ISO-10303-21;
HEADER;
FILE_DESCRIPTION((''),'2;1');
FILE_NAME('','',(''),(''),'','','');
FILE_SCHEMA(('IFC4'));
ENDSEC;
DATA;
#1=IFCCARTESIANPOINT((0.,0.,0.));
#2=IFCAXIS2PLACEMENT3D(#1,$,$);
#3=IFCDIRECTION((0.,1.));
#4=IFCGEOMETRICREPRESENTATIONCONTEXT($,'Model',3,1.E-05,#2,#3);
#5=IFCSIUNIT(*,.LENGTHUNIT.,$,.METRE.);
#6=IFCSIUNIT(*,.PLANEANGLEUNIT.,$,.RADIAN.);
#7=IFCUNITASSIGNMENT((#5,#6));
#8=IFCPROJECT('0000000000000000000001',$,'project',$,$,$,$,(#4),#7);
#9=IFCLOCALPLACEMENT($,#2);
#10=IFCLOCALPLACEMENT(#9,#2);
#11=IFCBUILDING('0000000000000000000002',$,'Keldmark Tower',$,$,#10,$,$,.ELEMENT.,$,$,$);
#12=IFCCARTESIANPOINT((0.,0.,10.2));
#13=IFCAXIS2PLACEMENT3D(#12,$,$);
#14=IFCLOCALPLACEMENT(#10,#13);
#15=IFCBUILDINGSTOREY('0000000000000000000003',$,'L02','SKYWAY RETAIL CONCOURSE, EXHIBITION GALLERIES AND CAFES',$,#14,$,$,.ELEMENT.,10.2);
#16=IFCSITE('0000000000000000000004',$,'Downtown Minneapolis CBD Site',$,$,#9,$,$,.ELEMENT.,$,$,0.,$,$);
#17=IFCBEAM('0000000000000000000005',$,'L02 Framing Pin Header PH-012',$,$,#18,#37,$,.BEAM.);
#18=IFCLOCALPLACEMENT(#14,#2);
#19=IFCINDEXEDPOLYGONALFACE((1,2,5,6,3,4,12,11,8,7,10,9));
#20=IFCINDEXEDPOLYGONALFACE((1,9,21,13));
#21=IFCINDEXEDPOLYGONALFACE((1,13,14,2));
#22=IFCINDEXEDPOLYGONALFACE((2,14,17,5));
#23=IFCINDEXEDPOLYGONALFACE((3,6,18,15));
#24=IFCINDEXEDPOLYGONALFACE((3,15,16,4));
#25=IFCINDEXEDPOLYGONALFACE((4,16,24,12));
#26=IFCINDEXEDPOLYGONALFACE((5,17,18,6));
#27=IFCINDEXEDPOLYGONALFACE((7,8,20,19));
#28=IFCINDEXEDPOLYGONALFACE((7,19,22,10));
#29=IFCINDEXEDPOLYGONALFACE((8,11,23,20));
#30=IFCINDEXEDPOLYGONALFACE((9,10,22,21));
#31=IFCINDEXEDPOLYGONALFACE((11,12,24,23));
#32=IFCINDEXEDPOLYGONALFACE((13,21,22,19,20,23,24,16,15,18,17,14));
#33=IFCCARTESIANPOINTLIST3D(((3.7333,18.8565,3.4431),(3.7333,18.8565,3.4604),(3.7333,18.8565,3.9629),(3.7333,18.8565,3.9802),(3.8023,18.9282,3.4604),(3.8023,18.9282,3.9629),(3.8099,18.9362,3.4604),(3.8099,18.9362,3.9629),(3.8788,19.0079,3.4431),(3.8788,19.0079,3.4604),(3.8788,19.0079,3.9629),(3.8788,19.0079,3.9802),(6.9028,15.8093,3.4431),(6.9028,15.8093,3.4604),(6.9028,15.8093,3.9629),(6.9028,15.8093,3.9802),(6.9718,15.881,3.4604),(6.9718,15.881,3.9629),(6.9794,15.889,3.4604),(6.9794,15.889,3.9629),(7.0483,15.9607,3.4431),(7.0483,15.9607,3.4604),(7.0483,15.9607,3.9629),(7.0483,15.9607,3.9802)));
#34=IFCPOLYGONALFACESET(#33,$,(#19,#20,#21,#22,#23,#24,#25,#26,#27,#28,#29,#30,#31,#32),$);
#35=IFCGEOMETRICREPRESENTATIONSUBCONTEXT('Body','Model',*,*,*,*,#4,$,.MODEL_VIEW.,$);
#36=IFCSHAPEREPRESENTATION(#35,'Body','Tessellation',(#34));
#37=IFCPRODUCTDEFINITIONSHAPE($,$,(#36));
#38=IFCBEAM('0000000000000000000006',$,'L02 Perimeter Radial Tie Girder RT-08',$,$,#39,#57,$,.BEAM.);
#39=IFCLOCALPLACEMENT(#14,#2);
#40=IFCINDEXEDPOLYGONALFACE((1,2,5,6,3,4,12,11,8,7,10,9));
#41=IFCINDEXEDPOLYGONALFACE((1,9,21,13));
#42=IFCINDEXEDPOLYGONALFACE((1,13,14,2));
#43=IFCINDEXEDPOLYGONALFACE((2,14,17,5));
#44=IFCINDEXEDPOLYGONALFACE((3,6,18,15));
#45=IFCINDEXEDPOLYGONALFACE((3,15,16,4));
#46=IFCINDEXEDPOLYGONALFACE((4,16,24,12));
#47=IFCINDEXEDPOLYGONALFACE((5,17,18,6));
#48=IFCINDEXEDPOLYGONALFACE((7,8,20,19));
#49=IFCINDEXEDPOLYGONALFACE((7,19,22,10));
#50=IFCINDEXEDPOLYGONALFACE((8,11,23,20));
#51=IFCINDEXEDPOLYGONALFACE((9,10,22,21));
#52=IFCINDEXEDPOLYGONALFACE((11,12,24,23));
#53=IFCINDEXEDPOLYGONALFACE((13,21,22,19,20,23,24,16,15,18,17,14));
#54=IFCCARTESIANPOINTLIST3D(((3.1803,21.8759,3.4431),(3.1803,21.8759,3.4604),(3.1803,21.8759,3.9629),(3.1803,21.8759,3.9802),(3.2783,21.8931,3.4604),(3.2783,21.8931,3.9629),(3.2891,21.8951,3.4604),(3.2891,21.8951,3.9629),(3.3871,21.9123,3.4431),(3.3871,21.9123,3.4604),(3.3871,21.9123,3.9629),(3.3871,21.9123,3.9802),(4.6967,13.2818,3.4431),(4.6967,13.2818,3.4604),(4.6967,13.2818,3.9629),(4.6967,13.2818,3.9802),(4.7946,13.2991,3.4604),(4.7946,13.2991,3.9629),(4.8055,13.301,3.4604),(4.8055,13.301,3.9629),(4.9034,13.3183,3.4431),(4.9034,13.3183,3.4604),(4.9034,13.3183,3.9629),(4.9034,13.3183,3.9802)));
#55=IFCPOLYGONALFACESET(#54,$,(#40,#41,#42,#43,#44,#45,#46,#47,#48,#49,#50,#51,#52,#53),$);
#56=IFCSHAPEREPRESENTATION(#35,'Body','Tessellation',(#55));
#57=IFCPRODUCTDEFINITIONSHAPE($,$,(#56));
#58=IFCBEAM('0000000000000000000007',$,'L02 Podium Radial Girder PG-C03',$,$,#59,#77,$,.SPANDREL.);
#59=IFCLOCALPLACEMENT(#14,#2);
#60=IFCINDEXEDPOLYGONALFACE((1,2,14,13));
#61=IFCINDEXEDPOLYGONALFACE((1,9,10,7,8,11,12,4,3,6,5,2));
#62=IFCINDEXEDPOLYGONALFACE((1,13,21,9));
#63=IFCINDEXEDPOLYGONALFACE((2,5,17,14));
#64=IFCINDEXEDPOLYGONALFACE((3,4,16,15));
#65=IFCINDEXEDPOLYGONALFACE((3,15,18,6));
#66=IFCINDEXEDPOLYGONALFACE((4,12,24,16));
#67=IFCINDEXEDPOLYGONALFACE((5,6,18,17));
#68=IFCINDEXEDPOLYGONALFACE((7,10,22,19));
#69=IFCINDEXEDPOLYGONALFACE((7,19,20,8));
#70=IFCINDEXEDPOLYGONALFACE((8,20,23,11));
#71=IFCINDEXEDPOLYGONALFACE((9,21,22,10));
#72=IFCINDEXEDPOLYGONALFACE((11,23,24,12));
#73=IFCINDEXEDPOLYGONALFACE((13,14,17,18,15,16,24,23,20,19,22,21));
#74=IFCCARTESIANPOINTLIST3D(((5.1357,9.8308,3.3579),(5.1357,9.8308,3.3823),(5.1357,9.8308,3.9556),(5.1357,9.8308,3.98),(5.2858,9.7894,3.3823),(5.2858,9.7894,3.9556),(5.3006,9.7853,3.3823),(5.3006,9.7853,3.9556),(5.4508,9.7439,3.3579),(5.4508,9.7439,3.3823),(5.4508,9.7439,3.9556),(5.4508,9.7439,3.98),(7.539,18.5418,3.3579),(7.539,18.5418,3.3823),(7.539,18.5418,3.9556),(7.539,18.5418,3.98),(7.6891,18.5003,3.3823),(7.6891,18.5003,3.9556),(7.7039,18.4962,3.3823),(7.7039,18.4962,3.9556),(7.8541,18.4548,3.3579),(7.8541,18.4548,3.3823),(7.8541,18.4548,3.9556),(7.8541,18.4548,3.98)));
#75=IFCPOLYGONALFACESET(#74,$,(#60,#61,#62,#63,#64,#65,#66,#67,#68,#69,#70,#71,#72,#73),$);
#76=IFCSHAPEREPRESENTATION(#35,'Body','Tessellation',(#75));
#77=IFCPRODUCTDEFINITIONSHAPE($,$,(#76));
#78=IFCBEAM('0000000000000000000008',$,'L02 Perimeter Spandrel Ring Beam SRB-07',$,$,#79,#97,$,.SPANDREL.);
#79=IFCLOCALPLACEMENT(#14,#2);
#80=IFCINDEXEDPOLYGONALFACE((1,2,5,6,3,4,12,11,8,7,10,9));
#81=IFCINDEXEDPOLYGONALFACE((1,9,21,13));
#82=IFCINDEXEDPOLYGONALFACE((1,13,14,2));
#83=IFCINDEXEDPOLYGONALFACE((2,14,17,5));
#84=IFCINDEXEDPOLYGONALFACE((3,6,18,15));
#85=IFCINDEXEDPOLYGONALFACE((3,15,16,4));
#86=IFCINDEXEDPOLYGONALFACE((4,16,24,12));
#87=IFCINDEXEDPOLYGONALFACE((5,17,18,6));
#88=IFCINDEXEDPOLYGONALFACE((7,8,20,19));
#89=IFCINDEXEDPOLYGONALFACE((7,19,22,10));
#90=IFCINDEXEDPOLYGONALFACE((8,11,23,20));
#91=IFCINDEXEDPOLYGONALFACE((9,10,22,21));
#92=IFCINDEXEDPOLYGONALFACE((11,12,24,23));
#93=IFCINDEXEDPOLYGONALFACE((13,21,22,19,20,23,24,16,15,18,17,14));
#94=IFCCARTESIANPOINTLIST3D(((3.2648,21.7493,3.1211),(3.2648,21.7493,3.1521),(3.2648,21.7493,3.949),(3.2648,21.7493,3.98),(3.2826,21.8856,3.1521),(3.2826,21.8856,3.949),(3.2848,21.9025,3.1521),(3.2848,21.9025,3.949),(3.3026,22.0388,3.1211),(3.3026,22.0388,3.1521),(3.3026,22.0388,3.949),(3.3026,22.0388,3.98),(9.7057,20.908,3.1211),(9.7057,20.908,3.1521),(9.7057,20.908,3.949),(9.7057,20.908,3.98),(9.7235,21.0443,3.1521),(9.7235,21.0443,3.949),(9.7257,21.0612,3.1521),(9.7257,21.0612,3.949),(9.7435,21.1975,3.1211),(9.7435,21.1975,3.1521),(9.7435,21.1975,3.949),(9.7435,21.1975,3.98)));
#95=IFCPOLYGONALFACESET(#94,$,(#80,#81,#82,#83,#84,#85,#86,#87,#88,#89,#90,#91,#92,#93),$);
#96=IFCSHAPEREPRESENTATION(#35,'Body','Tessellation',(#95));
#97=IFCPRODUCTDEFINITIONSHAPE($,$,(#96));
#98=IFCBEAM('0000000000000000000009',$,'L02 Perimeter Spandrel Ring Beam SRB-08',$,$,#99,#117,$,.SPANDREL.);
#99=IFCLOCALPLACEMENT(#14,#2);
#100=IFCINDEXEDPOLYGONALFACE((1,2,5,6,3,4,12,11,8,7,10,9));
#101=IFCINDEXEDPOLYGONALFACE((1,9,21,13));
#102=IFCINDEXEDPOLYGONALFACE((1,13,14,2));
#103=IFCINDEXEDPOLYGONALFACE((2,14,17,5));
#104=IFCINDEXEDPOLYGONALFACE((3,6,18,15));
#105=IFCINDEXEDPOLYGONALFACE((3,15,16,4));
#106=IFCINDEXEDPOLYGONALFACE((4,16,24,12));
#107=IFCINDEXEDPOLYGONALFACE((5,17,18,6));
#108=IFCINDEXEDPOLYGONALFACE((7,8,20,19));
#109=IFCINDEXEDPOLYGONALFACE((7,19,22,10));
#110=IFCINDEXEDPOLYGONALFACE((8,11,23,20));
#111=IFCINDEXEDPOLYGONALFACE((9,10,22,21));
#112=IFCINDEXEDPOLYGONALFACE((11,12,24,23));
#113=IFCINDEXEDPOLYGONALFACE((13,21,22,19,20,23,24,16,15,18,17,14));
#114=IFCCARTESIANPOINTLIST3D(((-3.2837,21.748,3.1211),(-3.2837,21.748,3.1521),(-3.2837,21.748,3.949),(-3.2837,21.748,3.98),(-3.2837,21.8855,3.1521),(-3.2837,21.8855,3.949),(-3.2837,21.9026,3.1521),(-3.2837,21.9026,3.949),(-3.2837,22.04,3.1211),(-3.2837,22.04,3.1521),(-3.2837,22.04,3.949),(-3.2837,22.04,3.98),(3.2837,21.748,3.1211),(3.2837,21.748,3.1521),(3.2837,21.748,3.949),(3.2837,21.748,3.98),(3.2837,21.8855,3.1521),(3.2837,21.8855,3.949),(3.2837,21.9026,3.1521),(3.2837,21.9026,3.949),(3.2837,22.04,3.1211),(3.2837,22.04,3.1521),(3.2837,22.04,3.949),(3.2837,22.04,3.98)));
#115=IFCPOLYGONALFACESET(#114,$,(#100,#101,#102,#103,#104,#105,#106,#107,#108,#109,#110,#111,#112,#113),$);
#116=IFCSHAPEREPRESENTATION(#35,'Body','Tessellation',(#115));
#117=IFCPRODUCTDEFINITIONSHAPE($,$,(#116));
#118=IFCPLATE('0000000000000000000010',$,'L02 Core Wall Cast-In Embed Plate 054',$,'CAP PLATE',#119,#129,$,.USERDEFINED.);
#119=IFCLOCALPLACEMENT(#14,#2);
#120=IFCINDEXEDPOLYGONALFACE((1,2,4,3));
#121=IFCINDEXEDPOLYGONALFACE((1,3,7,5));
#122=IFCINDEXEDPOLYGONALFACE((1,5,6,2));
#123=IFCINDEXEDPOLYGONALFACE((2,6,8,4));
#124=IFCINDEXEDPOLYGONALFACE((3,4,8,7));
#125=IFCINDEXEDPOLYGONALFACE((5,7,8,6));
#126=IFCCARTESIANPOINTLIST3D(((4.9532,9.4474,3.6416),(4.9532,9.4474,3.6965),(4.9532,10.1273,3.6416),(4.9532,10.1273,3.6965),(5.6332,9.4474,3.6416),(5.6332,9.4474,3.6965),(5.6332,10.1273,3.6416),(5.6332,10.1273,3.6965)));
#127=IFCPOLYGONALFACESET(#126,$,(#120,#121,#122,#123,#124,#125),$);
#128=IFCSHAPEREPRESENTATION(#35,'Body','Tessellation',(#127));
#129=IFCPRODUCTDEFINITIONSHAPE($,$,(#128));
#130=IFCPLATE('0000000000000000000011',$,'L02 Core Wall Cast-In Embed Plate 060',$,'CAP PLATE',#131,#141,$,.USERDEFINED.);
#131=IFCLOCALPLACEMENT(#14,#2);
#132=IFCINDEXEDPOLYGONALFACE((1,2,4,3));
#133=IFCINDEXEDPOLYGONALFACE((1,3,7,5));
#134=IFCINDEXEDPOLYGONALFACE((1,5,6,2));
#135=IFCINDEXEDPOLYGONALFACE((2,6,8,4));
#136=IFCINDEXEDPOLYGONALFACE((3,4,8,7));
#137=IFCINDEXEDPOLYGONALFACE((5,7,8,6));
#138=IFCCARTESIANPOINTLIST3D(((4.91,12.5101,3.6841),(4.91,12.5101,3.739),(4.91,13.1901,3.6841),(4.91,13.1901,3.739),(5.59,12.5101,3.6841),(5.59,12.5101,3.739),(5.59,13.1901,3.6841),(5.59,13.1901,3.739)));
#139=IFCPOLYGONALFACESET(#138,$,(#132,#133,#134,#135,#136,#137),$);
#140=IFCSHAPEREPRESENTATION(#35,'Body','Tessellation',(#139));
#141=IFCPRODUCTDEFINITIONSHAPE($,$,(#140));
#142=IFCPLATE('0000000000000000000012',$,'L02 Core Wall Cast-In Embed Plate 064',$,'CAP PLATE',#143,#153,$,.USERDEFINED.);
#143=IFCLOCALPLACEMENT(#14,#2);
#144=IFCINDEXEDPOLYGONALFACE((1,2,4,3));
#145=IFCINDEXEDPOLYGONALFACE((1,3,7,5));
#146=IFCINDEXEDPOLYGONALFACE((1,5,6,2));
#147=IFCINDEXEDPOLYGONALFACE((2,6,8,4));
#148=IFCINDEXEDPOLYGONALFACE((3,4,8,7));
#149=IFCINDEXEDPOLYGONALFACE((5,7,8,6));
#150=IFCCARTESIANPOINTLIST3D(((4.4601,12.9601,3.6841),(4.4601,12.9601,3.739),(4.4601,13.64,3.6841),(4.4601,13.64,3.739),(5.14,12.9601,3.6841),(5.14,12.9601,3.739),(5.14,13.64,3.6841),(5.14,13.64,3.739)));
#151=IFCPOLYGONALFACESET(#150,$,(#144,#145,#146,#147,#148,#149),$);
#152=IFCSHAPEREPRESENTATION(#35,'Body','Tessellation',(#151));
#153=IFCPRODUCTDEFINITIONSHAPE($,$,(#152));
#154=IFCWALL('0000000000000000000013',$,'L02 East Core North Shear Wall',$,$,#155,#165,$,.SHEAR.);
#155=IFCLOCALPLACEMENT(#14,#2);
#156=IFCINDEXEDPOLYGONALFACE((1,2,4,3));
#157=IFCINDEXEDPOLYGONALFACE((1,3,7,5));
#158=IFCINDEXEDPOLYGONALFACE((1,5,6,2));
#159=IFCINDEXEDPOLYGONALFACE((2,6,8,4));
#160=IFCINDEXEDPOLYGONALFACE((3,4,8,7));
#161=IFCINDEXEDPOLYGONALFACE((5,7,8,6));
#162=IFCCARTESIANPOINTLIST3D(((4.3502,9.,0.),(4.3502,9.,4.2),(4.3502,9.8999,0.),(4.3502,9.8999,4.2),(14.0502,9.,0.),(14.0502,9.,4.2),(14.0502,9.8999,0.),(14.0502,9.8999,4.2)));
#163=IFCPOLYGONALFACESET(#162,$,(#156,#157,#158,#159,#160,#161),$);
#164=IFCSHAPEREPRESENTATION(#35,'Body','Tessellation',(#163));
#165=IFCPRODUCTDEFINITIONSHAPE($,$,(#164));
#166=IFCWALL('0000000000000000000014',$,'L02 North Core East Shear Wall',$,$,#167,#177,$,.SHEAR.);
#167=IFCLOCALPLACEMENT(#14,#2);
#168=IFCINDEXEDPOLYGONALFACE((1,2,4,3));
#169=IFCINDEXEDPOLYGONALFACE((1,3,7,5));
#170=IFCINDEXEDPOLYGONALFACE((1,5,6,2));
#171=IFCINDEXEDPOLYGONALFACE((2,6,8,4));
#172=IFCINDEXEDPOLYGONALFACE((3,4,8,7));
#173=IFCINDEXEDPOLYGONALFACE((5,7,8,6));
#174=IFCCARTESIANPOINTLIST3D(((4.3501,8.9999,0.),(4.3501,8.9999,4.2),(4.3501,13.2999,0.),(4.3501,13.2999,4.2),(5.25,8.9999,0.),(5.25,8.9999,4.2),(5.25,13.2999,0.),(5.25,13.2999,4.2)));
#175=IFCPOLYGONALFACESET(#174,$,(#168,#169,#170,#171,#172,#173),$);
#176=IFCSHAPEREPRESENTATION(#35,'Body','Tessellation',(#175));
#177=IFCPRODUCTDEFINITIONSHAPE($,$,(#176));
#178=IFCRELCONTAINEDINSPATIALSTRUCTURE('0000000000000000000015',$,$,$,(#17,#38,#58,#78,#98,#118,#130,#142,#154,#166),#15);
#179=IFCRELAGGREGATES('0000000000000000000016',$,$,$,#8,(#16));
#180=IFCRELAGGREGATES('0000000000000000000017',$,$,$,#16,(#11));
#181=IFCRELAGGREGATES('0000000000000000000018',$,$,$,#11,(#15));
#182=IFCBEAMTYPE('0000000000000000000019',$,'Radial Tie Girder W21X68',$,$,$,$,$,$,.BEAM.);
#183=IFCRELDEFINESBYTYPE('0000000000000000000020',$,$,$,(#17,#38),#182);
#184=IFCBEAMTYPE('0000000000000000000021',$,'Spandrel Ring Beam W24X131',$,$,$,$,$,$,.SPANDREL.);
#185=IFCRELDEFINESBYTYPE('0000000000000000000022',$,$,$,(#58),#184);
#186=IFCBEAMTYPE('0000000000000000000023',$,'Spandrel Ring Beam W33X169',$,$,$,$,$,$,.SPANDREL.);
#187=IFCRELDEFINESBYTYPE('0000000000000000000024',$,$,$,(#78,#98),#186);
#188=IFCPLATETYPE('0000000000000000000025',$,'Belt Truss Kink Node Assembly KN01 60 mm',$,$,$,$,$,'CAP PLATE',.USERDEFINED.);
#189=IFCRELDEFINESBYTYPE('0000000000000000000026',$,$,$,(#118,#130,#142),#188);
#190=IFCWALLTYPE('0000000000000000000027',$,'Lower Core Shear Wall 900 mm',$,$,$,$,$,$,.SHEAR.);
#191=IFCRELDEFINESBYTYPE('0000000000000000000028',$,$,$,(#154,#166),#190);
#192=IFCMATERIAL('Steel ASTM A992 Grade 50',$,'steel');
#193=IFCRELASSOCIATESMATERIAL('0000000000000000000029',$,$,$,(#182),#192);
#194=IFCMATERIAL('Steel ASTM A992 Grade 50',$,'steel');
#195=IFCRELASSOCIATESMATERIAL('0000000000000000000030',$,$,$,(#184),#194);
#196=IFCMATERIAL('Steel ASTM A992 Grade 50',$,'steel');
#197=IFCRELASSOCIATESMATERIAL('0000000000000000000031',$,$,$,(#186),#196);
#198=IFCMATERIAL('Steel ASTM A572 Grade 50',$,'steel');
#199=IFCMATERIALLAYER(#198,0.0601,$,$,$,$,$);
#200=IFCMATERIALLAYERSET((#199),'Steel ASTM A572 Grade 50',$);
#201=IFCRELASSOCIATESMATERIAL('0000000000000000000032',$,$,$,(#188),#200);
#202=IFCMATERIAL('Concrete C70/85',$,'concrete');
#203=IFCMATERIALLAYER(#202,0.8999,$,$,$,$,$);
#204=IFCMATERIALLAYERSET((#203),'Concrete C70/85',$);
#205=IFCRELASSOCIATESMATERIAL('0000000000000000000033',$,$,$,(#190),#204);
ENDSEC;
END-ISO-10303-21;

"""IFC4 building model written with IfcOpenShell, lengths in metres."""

from ifc_helpers import new_model, si_unit, direction, frame, frame_2d, origin, origin_2d, place, context, subcontext, project, spatial, rectangle, i_section, extrude, material, layer, layer_set, material_profile, profile_set, type_object, element, save


model = new_model("IFC4")

# Units and contexts
model_context = context("Model", 3, precision=1e-05, world=origin(), true_north=direction((0.0, 1.0)))
body_context = subcontext(model_context, "Body", "Model", "MODEL_VIEW")
ifc_project = project(units=[si_unit("LENGTHUNIT", "METRE"), si_unit("PLANEANGLEUNIT", "RADIAN")], contexts=[model_context])

# Site, building, storey
site_placement = place(None, origin())
site = spatial("IfcSite", under=ifc_project, at=site_placement, Name="Downtown Minneapolis CBD Site", CompositionType="ELEMENT", RefElevation=0.0)
building_placement = place(site_placement, origin())
building = spatial("IfcBuilding", under=site, at=building_placement, Name="Keldmark Tower", CompositionType="ELEMENT")
storey_placement = place(building_placement, frame((0.0, 0.0, 10.2)))
storey = spatial("IfcBuildingStorey", under=building, at=storey_placement, Name="L02", Description="SKYWAY RETAIL CONCOURSE, EXHIBITION GALLERIES AND CAFES", CompositionType="ELEMENT", Elevation=10.2)

# Beams
ifc_material_1 = material(Name="Steel ASTM A992 Grade 50", Category="steel")
ifc_material_profile_1 = material_profile(ifc_material_1, i_section(OverallWidth=0.21, OverallDepth=0.5371, WebThickness=0.011, FlangeThickness=0.0173, at=origin_2d()), Name="W21X68")
ifc_profile_set_1 = profile_set([ifc_material_profile_1], Name="Steel ASTM A992 Grade 50")
beam_type_1 = type_object("IfcBeamType", Name="Radial Tie Girder W21X68", PredefinedType="BEAM", material=ifc_profile_set_1)
beam_1_placement = place(storey_placement, frame((6.9756, 15.885, 3.7117), z_axis=(-0.72088, 0.69306, 0.0), x_axis=(-0.69306, -0.72088, 0.0)))
element("IfcBeam", 1, at=beam_1_placement, inside=storey, type_object=beam_type_1, Name="L02 Framing Pin Header PH-012", PredefinedType="BEAM", context=body_context, shape_type="SweptSolid", body=[
    extrude(i_section(OverallWidth=0.21, OverallDepth=0.5371, WebThickness=0.011, FlangeThickness=0.0173, at=origin_2d()), origin(), (0.0, 0.0, 1.0), 4.3967),
])
beam_2_placement = place(storey_placement, frame((4.8, 13.3, 3.7117), z_axis=(-0.17376, 0.984788, 0.0), x_axis=(-0.984788, -0.17376, 0.0)))
element("IfcBeam", 2, at=beam_2_placement, inside=storey, type_object=beam_type_1, Name="L02 Perimeter Radial Tie Girder RT-08", PredefinedType="BEAM", context=body_context, shape_type="SweptSolid", body=[
    extrude(i_section(OverallWidth=0.21, OverallDepth=0.5371, WebThickness=0.011, FlangeThickness=0.0173, at=origin_2d()), origin(), (0.0, 0.0, 1.0), 8.7268),
])
ifc_material_2 = material(Name="Steel ASTM A992 Grade 50", Category="steel")
ifc_material_profile_2 = material_profile(ifc_material_2, i_section(OverallWidth=0.3269, OverallDepth=0.6221, WebThickness=0.0154, FlangeThickness=0.0244, at=origin_2d()), Name="W24X131")
ifc_profile_set_2 = profile_set([ifc_material_profile_2], Name="Steel ASTM A992 Grade 50")
beam_type_2 = type_object("IfcBeamType", Name="Spandrel Ring Beam W24X131", PredefinedType="SPANDREL", material=ifc_profile_set_2)
beam_3_placement = place(storey_placement, frame((7.6965, 18.4983, 3.6689), z_axis=(-0.26596, -0.963984, 0.0), x_axis=(0.963984, -0.26596, 0.0)))
element("IfcBeam", 3, at=beam_3_placement, inside=storey, type_object=beam_type_2, Name="L02 Podium Radial Girder PG-C03", PredefinedType="SPANDREL", context=body_context, shape_type="SweptSolid", body=[
    extrude(i_section(OverallWidth=0.3269, OverallDepth=0.6221, WebThickness=0.0154, FlangeThickness=0.0244, at=origin_2d()), origin(), (0.0, 0.0, 1.0), 9.0364),
])
ifc_material_3 = material(Name="Steel ASTM A992 Grade 50", Category="steel")
ifc_material_profile_3 = material_profile(ifc_material_3, i_section(OverallWidth=0.292, OverallDepth=0.8589, WebThickness=0.0171, FlangeThickness=0.031, at=origin_2d()), Name="W33X169")
ifc_profile_set_3 = profile_set([ifc_material_profile_3], Name="Steel ASTM A992 Grade 50")
beam_type_3 = type_object("IfcBeamType", Name="Spandrel Ring Beam W33X169", PredefinedType="SPANDREL", material=ifc_profile_set_3)
beam_4_placement = place(storey_placement, frame((9.7246, 21.0527, 3.5505), z_axis=(-0.991577, 0.129519, 0.0), x_axis=(-0.129519, -0.991577, 0.0)))
element("IfcBeam", 4, at=beam_4_placement, inside=storey, type_object=beam_type_3, Name="L02 Perimeter Spandrel Ring Beam SRB-07", PredefinedType="SPANDREL", context=body_context, shape_type="SweptSolid", body=[
    extrude(i_section(OverallWidth=0.292, OverallDepth=0.8589, WebThickness=0.0171, FlangeThickness=0.031, at=origin_2d()), origin(), (0.0, 0.0, 1.0), 6.4956),
])
beam_5_placement = place(storey_placement, frame((3.2837, 21.894, 3.5505), z_axis=(-1.0, 0.0, 0.0), x_axis=(0.0, -1.0, 0.0)))
element("IfcBeam", 5, at=beam_5_placement, inside=storey, type_object=beam_type_3, Name="L02 Perimeter Spandrel Ring Beam SRB-08", PredefinedType="SPANDREL", context=body_context, shape_type="SweptSolid", body=[
    extrude(i_section(OverallWidth=0.292, OverallDepth=0.8589, WebThickness=0.0171, FlangeThickness=0.031, at=origin_2d()), origin(), (0.0, 0.0, 1.0), 6.5674),
])

# Plates
ifc_material_4 = material(Name="Steel ASTM A572 Grade 50", Category="steel")
ifc_layer_1 = layer(ifc_material_4, 0.0601)
ifc_layer_set_1 = layer_set([ifc_layer_1], Name="Steel ASTM A572 Grade 50")
plate_type = type_object("IfcPlateType", Name="Belt Truss Kink Node Assembly KN01 60 mm", ElementType="CAP PLATE", PredefinedType="USERDEFINED", material=ifc_layer_set_1)
for number, where, z_axis, x_axis, name in (
    (6, (5.2932, 9.7874, 3.6416), (0.0, 0.0, 1.0), (1.0, 0.0, 0.0), "L02 Core Wall Cast-In Embed Plate 054"),
    (7, (5.25, 12.8501, 3.6841), (0.0, 0.0, 1.0), (1.0, 0.0, 0.0), "L02 Core Wall Cast-In Embed Plate 060"),
    (8, (4.8, 13.3, 3.6841), (0.0, 0.0, 1.0), (1.0, 0.0, 0.0), "L02 Core Wall Cast-In Embed Plate 064"),
):
    element("IfcPlate", number, at=place(storey_placement, frame(where, z_axis=z_axis, x_axis=x_axis)), inside=storey, type_object=plate_type, Name=name, ObjectType="CAP PLATE", PredefinedType="USERDEFINED", context=body_context, shape_type="SweptSolid", body=[
        extrude(rectangle(XDim=0.6799, YDim=0.6799, at=origin_2d()), origin(), (0.0, 0.0, 1.0), 0.0549),
    ])

# Walls
ifc_material_5 = material(Name="Concrete C70/85", Category="concrete")
ifc_layer_2 = layer(ifc_material_5, 0.8999)
ifc_layer_set_2 = layer_set([ifc_layer_2], Name="Concrete C70/85")
wall_type_1 = type_object("IfcWallType", Name="Lower Core Shear Wall 900 mm", PredefinedType="SHEAR", material=ifc_layer_set_2)
wall_1_placement = place(storey_placement, frame((4.3501, 9.45, 0.0), z_axis=(0.0, 0.0, 1.0), x_axis=(1.0, 0.0, 0.0)))
element("IfcWall", 9, at=wall_1_placement, inside=storey, type_object=wall_type_1, Name="L02 East Core North Shear Wall", PredefinedType="SHEAR", context=body_context, shape_type="SweptSolid", body=[
    extrude(rectangle(XDim=9.7, YDim=0.8999, at=frame_2d((4.8501, 0.0))), origin(), (0.0, 0.0, 1.0), 4.2),
])
wall_2_placement = place(storey_placement, frame((4.8, 9.0, 0.0), z_axis=(0.0, 0.0, 1.0), x_axis=(0.0, 1.0, 0.0)))
element("IfcWall", 10, at=wall_2_placement, inside=storey, type_object=wall_type_1, Name="L02 North Core East Shear Wall", PredefinedType="SHEAR", context=body_context, shape_type="SweptSolid", body=[
    extrude(rectangle(XDim=4.3, YDim=0.8999, at=frame_2d((2.1499, 0.0))), origin(), (0.0, 0.0, 1.0), 4.2),
])

save(model, "model.ifc")
